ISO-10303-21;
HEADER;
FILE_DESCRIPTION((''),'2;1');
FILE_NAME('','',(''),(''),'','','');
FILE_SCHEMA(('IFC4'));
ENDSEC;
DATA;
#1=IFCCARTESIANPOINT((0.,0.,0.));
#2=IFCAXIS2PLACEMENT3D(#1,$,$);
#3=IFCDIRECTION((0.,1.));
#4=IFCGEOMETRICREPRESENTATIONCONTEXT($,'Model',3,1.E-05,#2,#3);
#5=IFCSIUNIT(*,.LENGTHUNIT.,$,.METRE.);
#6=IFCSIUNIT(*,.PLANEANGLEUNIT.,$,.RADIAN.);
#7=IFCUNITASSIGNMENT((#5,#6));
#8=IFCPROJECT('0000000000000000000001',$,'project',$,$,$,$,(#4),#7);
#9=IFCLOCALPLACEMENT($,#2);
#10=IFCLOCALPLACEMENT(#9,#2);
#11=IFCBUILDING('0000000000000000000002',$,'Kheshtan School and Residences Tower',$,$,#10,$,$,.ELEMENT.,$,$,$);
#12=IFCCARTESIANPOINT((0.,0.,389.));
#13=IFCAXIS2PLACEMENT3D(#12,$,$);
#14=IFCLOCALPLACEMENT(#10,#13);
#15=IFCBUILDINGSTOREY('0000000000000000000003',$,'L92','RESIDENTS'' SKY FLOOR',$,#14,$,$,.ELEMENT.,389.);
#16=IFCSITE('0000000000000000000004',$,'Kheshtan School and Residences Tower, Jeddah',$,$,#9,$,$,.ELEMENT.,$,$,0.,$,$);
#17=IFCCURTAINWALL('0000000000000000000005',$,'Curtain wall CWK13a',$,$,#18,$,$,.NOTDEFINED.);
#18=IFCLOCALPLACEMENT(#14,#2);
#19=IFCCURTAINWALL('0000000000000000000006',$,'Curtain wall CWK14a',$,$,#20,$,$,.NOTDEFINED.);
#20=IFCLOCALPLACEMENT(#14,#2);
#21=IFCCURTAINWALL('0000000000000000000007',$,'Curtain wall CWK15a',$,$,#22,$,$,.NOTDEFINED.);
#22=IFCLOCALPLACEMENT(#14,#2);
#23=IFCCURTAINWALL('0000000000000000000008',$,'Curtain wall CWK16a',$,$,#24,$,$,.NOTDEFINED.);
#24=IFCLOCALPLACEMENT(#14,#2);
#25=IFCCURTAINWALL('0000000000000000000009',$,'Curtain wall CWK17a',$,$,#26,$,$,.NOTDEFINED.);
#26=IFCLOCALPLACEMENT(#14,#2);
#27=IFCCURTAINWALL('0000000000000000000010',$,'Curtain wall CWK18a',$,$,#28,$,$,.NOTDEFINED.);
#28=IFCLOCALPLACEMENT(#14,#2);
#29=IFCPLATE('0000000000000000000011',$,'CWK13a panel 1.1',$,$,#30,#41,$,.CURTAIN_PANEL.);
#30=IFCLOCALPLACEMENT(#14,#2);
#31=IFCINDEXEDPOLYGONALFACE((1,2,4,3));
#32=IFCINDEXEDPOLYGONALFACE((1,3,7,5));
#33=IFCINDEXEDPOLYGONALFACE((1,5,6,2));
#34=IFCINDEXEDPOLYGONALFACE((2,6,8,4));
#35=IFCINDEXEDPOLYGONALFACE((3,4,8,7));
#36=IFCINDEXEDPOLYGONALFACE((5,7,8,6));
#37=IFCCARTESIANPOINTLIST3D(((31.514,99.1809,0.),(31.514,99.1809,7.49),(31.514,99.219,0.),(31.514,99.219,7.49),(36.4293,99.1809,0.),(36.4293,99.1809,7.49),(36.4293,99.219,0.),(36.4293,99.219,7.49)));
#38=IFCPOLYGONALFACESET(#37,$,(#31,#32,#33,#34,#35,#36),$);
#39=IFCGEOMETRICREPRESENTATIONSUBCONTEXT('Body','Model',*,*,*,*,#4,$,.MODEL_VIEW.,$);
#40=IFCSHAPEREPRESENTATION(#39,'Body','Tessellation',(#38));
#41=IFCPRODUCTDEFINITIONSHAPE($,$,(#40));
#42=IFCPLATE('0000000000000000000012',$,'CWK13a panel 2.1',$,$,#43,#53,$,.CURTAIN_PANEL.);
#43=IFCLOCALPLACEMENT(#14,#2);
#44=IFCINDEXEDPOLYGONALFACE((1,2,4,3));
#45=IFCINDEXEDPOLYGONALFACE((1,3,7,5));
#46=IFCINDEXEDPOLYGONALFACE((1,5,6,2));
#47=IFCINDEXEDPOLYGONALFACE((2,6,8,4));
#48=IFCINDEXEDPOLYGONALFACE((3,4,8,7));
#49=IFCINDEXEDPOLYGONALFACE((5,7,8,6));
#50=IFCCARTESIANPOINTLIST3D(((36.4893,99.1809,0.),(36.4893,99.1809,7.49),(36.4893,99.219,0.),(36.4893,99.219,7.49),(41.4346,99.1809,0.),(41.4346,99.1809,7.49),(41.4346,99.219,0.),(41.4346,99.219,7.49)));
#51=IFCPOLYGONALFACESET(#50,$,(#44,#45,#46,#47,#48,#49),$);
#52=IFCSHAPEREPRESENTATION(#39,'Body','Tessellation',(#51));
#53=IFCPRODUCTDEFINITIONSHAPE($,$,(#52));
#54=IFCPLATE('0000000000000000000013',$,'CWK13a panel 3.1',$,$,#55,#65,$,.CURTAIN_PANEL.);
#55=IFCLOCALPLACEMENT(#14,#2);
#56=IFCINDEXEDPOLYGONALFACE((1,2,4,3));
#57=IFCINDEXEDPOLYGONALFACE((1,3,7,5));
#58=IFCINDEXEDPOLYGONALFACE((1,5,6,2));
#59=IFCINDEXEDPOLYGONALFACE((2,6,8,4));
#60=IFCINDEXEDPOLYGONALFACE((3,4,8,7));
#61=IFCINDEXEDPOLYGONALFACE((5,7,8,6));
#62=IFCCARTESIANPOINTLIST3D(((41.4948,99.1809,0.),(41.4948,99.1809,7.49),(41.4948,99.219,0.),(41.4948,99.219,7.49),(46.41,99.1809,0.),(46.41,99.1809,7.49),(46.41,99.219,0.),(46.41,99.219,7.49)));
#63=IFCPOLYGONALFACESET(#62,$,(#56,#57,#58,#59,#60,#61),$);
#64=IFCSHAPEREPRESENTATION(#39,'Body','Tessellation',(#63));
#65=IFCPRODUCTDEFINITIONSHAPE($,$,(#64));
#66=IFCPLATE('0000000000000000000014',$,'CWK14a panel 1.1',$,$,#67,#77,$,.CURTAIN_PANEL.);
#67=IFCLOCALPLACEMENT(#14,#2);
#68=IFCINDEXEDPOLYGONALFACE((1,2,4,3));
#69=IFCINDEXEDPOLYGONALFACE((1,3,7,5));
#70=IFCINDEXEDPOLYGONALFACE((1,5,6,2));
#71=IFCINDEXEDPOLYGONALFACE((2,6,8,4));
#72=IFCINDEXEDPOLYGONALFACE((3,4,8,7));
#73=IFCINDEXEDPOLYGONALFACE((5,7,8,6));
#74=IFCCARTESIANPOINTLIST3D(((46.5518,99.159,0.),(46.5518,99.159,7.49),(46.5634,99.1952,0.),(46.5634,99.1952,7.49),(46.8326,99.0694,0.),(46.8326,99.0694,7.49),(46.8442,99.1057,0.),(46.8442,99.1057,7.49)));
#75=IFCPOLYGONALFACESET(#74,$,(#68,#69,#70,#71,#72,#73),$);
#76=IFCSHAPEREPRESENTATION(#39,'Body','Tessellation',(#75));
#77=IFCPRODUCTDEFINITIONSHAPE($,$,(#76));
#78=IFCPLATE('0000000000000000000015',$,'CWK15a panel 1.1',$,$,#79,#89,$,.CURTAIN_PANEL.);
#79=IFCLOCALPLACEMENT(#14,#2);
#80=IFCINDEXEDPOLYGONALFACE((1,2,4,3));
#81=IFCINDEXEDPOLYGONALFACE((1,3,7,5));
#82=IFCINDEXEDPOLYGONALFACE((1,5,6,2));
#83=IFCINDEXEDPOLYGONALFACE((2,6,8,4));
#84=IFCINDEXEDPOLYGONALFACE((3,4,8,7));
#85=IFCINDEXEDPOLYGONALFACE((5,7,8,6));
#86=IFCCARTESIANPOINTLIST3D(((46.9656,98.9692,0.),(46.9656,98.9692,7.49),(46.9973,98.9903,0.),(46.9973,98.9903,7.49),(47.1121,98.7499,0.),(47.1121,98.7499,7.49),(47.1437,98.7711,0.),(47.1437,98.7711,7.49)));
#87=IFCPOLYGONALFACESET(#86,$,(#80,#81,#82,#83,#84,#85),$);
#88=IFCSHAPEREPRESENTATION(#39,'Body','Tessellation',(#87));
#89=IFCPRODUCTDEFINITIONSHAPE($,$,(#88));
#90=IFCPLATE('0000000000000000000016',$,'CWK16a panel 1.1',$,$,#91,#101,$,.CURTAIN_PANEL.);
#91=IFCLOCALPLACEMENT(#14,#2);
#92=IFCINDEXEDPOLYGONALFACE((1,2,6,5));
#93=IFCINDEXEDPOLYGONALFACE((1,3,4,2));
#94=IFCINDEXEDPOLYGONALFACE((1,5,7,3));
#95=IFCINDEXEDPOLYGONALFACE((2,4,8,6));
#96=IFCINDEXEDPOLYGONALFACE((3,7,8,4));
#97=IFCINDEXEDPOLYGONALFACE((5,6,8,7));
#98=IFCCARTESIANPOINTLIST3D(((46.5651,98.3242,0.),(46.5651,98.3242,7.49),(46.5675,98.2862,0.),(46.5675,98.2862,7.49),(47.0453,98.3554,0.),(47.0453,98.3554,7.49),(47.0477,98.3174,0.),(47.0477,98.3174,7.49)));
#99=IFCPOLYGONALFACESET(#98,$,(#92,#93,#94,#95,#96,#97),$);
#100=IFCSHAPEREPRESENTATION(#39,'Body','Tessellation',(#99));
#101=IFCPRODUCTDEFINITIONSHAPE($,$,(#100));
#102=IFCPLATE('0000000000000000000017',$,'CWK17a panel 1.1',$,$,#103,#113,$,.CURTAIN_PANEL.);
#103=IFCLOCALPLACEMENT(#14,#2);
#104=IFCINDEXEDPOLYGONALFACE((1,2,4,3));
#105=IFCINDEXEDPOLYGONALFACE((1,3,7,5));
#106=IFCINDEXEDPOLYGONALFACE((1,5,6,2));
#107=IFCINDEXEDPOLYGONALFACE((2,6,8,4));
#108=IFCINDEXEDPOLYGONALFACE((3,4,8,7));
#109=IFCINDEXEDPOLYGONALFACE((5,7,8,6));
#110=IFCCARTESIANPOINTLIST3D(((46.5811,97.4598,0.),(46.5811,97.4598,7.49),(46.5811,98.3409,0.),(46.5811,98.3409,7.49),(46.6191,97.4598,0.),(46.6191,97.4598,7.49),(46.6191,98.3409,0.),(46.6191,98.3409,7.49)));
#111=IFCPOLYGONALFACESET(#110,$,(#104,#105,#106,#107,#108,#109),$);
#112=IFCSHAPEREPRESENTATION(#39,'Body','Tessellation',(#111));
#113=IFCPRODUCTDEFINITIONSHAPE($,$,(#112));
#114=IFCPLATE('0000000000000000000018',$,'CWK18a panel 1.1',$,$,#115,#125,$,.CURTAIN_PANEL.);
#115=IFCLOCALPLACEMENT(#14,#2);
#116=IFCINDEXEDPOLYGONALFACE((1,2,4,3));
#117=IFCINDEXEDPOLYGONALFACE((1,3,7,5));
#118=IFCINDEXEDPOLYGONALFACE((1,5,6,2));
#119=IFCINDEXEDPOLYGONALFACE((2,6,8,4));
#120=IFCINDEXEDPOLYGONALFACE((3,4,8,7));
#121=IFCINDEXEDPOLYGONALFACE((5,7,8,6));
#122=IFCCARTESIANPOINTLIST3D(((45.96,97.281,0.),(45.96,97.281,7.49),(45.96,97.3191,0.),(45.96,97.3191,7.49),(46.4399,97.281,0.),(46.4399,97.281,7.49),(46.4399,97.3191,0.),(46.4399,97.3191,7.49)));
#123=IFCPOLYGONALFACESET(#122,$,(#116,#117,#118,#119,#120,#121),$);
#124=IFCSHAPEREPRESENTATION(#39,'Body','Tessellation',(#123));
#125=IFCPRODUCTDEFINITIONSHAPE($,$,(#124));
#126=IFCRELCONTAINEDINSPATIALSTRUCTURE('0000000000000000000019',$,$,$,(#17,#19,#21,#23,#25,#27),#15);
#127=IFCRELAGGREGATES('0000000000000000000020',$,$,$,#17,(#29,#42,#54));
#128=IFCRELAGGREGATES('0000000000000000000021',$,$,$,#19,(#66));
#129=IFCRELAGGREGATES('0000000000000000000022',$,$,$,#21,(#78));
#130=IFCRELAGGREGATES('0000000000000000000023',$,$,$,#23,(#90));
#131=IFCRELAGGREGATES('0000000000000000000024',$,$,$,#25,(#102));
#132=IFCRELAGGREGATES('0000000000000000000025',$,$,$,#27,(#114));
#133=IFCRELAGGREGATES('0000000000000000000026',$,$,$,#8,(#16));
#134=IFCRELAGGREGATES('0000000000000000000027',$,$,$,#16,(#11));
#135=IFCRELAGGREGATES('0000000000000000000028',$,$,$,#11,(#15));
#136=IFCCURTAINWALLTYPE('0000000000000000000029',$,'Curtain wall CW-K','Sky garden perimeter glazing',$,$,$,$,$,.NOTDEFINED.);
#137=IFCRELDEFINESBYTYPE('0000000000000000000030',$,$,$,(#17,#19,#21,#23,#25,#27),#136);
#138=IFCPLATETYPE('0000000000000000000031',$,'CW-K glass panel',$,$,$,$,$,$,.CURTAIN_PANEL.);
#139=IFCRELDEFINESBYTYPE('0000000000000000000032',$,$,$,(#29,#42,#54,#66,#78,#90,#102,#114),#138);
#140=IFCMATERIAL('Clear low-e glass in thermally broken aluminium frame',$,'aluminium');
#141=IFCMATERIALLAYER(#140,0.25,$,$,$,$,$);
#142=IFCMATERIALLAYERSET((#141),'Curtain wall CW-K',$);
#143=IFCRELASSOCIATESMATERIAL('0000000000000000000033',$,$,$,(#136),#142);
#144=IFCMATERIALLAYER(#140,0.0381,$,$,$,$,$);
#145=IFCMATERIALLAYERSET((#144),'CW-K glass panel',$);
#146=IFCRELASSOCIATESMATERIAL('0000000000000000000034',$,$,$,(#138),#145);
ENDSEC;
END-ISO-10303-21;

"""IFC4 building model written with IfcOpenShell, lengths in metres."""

from ifc_helpers import new_model, si_unit, direction, frame, origin, origin_2d, place, context, subcontext, project, spatial, rectangle, extrude, material, layer, layer_set, type_object, element, aggregate, save


model = new_model("IFC4")

# Units and contexts
model_context = context("Model", 3, precision=1e-05, world=origin(), true_north=direction((0.0, 1.0)))
body_context = subcontext(model_context, "Body", "Model", "MODEL_VIEW")
ifc_project = project(units=[si_unit("LENGTHUNIT", "METRE"), si_unit("PLANEANGLEUNIT", "RADIAN")], contexts=[model_context])

# Site, building, storey
site_placement = place(None, origin())
site = spatial("IfcSite", under=ifc_project, at=site_placement, Name="Kheshtan School and Residences Tower, Jeddah", CompositionType="ELEMENT", RefElevation=0.0)
building_placement = place(site_placement, origin())
building = spatial("IfcBuilding", under=site, at=building_placement, Name="Kheshtan School and Residences Tower", CompositionType="ELEMENT")
storey_placement = place(building_placement, frame((0.0, 0.0, 389.0)))
storey = spatial("IfcBuildingStorey", under=building, at=storey_placement, Name="L92", Description="RESIDENTS' SKY FLOOR", CompositionType="ELEMENT", Elevation=389.0)

# Shared definitions
ifc_material_1 = material(Name="Clear low-e glass in thermally broken aluminium frame", Category="aluminium")

# Shared definitions
ifc_layer_1 = layer(ifc_material_1, 0.25)
ifc_layer_set_1 = layer_set([ifc_layer_1], Name="Curtain wall CW-K")
curtain_wall_type_1 = type_object("IfcCurtainWallType", Name="Curtain wall CW-K", Description="Sky garden perimeter glazing", PredefinedType="NOTDEFINED", material=ifc_layer_set_1)

# Curtain walls
curtain_wall_1_placement = place(storey_placement, origin())
curtain_wall_1 = element("IfcCurtainWall", 1, at=curtain_wall_1_placement, inside=storey, type_object=curtain_wall_type_1, Name="Curtain wall CWK13a", PredefinedType="NOTDEFINED")
curtain_wall_2_placement = place(storey_placement, origin())
curtain_wall_2 = element("IfcCurtainWall", 2, at=curtain_wall_2_placement, inside=storey, type_object=curtain_wall_type_1, Name="Curtain wall CWK14a", PredefinedType="NOTDEFINED")
curtain_wall_3_placement = place(storey_placement, origin())
curtain_wall_3 = element("IfcCurtainWall", 3, at=curtain_wall_3_placement, inside=storey, type_object=curtain_wall_type_1, Name="Curtain wall CWK15a", PredefinedType="NOTDEFINED")
curtain_wall_4_placement = place(storey_placement, origin())
curtain_wall_4 = element("IfcCurtainWall", 4, at=curtain_wall_4_placement, inside=storey, type_object=curtain_wall_type_1, Name="Curtain wall CWK16a", PredefinedType="NOTDEFINED")
curtain_wall_5_placement = place(storey_placement, origin())
curtain_wall_5 = element("IfcCurtainWall", 5, at=curtain_wall_5_placement, inside=storey, type_object=curtain_wall_type_1, Name="Curtain wall CWK17a", PredefinedType="NOTDEFINED")

# Curtain wall
curtain_wall_6_placement = place(storey_placement, origin())
curtain_wall_6 = element("IfcCurtainWall", 6, at=curtain_wall_6_placement, inside=storey, type_object=curtain_wall_type_1, Name="Curtain wall CWK18a", PredefinedType="NOTDEFINED")

# Plates
ifc_layer_2 = layer(ifc_material_1, 0.0381)
ifc_layer_set_2 = layer_set([ifc_layer_2], Name="CW-K glass panel")
plate_type = type_object("IfcPlateType", Name="CW-K glass panel", PredefinedType="CURTAIN_PANEL", material=ifc_layer_set_2)
plate_1_placement = place(storey_placement, frame((33.9717, 99.2, 0.0), z_axis=(0.0, 0.0, 1.0), x_axis=(1.0, 0.0, 0.0)))
plate_1 = element("IfcPlate", 7, at=plate_1_placement, type_object=plate_type, Name="CWK13a panel 1.1", PredefinedType="CURTAIN_PANEL", context=body_context, shape_type="SweptSolid", body=[
    extrude(rectangle(XDim=4.9153, YDim=0.0381, at=origin_2d()), origin(), (0.0, 0.0, 1.0), 7.49),
])
plate_2_placement = place(storey_placement, frame((38.9619, 99.2, 0.0), z_axis=(0.0, 0.0, 1.0), x_axis=(1.0, 0.0, 0.0)))
plate_2 = element("IfcPlate", 8, at=plate_2_placement, type_object=plate_type, Name="CWK13a panel 2.1", PredefinedType="CURTAIN_PANEL", context=body_context, shape_type="SweptSolid", body=[
    extrude(rectangle(XDim=4.9453, YDim=0.0381, at=origin_2d()), origin(), (0.0, 0.0, 1.0), 7.49),
])
plate_3_placement = place(storey_placement, frame((43.9524, 99.2, 0.0), z_axis=(0.0, 0.0, 1.0), x_axis=(1.0, 0.0, 0.0)))
plate_3 = element("IfcPlate", 9, at=plate_3_placement, type_object=plate_type, Name="CWK13a panel 3.1", PredefinedType="CURTAIN_PANEL", context=body_context, shape_type="SweptSolid", body=[
    extrude(rectangle(XDim=4.9153, YDim=0.0381, at=origin_2d()), origin(), (0.0, 0.0, 1.0), 7.49),
])
aggregate(curtain_wall_1, [plate_1, plate_2, plate_3])
plate_4_placement = place(storey_placement, frame((46.698, 99.1323, 0.0), z_axis=(0.0, 0.0, 1.0), x_axis=(0.952704, -0.3039, 0.0)))
plate_4 = element("IfcPlate", 10, at=plate_4_placement, type_object=plate_type, Name="CWK14a panel 1.1", PredefinedType="CURTAIN_PANEL", context=body_context, shape_type="SweptSolid", body=[
    extrude(rectangle(XDim=0.2947, YDim=0.0381, at=origin_2d()), origin(), (0.0, 0.0, 1.0), 7.49),
])
aggregate(curtain_wall_2, [plate_4])
plate_5_placement = place(storey_placement, frame((47.0547, 98.8701, 0.0), z_axis=(0.0, 0.0, 1.0), x_axis=(0.555302, -0.831649, 0.0)))
plate_5 = element("IfcPlate", 11, at=plate_5_placement, type_object=plate_type, Name="CWK15a panel 1.1", PredefinedType="CURTAIN_PANEL", context=body_context, shape_type="SweptSolid", body=[
    extrude(rectangle(XDim=0.2637, YDim=0.0381, at=origin_2d()), origin(), (0.0, 0.0, 1.0), 7.49),
])
aggregate(curtain_wall_3, [plate_5])
plate_6_placement = place(storey_placement, frame((46.8064, 98.3208, 0.0), z_axis=(0.0, 0.0, 1.0), x_axis=(-0.997894, -0.064863, 0.0)))
plate_6 = element("IfcPlate", 12, at=plate_6_placement, type_object=plate_type, Name="CWK16a panel 1.1", PredefinedType="CURTAIN_PANEL", context=body_context, shape_type="SweptSolid", body=[
    extrude(rectangle(XDim=0.4812, YDim=0.0381, at=origin_2d()), origin(), (0.0, 0.0, 1.0), 7.49),
])
aggregate(curtain_wall_4, [plate_6])
plate_7_placement = place(storey_placement, frame((46.6001, 97.9004, 0.0), z_axis=(0.0, 0.0, 1.0), x_axis=(0.0, -1.0, 0.0)))
plate_7 = element("IfcPlate", 13, at=plate_7_placement, type_object=plate_type, Name="CWK17a panel 1.1", PredefinedType="CURTAIN_PANEL", context=body_context, shape_type="SweptSolid", body=[
    extrude(rectangle(XDim=0.8811, YDim=0.0381, at=origin_2d()), origin(), (0.0, 0.0, 1.0), 7.49),
])
aggregate(curtain_wall_5, [plate_7])
plate_8_placement = place(storey_placement, frame((46.2, 97.3, 0.0), z_axis=(0.0, 0.0, 1.0), x_axis=(-1.0, 0.0, 0.0)))
plate_8 = element("IfcPlate", 14, at=plate_8_placement, type_object=plate_type, Name="CWK18a panel 1.1", PredefinedType="CURTAIN_PANEL", context=body_context, shape_type="SweptSolid", body=[
    extrude(rectangle(XDim=0.48, YDim=0.0381, at=origin_2d()), origin(), (0.0, 0.0, 1.0), 7.49),
])
aggregate(curtain_wall_6, [plate_8])

save(model, "model.ifc")
